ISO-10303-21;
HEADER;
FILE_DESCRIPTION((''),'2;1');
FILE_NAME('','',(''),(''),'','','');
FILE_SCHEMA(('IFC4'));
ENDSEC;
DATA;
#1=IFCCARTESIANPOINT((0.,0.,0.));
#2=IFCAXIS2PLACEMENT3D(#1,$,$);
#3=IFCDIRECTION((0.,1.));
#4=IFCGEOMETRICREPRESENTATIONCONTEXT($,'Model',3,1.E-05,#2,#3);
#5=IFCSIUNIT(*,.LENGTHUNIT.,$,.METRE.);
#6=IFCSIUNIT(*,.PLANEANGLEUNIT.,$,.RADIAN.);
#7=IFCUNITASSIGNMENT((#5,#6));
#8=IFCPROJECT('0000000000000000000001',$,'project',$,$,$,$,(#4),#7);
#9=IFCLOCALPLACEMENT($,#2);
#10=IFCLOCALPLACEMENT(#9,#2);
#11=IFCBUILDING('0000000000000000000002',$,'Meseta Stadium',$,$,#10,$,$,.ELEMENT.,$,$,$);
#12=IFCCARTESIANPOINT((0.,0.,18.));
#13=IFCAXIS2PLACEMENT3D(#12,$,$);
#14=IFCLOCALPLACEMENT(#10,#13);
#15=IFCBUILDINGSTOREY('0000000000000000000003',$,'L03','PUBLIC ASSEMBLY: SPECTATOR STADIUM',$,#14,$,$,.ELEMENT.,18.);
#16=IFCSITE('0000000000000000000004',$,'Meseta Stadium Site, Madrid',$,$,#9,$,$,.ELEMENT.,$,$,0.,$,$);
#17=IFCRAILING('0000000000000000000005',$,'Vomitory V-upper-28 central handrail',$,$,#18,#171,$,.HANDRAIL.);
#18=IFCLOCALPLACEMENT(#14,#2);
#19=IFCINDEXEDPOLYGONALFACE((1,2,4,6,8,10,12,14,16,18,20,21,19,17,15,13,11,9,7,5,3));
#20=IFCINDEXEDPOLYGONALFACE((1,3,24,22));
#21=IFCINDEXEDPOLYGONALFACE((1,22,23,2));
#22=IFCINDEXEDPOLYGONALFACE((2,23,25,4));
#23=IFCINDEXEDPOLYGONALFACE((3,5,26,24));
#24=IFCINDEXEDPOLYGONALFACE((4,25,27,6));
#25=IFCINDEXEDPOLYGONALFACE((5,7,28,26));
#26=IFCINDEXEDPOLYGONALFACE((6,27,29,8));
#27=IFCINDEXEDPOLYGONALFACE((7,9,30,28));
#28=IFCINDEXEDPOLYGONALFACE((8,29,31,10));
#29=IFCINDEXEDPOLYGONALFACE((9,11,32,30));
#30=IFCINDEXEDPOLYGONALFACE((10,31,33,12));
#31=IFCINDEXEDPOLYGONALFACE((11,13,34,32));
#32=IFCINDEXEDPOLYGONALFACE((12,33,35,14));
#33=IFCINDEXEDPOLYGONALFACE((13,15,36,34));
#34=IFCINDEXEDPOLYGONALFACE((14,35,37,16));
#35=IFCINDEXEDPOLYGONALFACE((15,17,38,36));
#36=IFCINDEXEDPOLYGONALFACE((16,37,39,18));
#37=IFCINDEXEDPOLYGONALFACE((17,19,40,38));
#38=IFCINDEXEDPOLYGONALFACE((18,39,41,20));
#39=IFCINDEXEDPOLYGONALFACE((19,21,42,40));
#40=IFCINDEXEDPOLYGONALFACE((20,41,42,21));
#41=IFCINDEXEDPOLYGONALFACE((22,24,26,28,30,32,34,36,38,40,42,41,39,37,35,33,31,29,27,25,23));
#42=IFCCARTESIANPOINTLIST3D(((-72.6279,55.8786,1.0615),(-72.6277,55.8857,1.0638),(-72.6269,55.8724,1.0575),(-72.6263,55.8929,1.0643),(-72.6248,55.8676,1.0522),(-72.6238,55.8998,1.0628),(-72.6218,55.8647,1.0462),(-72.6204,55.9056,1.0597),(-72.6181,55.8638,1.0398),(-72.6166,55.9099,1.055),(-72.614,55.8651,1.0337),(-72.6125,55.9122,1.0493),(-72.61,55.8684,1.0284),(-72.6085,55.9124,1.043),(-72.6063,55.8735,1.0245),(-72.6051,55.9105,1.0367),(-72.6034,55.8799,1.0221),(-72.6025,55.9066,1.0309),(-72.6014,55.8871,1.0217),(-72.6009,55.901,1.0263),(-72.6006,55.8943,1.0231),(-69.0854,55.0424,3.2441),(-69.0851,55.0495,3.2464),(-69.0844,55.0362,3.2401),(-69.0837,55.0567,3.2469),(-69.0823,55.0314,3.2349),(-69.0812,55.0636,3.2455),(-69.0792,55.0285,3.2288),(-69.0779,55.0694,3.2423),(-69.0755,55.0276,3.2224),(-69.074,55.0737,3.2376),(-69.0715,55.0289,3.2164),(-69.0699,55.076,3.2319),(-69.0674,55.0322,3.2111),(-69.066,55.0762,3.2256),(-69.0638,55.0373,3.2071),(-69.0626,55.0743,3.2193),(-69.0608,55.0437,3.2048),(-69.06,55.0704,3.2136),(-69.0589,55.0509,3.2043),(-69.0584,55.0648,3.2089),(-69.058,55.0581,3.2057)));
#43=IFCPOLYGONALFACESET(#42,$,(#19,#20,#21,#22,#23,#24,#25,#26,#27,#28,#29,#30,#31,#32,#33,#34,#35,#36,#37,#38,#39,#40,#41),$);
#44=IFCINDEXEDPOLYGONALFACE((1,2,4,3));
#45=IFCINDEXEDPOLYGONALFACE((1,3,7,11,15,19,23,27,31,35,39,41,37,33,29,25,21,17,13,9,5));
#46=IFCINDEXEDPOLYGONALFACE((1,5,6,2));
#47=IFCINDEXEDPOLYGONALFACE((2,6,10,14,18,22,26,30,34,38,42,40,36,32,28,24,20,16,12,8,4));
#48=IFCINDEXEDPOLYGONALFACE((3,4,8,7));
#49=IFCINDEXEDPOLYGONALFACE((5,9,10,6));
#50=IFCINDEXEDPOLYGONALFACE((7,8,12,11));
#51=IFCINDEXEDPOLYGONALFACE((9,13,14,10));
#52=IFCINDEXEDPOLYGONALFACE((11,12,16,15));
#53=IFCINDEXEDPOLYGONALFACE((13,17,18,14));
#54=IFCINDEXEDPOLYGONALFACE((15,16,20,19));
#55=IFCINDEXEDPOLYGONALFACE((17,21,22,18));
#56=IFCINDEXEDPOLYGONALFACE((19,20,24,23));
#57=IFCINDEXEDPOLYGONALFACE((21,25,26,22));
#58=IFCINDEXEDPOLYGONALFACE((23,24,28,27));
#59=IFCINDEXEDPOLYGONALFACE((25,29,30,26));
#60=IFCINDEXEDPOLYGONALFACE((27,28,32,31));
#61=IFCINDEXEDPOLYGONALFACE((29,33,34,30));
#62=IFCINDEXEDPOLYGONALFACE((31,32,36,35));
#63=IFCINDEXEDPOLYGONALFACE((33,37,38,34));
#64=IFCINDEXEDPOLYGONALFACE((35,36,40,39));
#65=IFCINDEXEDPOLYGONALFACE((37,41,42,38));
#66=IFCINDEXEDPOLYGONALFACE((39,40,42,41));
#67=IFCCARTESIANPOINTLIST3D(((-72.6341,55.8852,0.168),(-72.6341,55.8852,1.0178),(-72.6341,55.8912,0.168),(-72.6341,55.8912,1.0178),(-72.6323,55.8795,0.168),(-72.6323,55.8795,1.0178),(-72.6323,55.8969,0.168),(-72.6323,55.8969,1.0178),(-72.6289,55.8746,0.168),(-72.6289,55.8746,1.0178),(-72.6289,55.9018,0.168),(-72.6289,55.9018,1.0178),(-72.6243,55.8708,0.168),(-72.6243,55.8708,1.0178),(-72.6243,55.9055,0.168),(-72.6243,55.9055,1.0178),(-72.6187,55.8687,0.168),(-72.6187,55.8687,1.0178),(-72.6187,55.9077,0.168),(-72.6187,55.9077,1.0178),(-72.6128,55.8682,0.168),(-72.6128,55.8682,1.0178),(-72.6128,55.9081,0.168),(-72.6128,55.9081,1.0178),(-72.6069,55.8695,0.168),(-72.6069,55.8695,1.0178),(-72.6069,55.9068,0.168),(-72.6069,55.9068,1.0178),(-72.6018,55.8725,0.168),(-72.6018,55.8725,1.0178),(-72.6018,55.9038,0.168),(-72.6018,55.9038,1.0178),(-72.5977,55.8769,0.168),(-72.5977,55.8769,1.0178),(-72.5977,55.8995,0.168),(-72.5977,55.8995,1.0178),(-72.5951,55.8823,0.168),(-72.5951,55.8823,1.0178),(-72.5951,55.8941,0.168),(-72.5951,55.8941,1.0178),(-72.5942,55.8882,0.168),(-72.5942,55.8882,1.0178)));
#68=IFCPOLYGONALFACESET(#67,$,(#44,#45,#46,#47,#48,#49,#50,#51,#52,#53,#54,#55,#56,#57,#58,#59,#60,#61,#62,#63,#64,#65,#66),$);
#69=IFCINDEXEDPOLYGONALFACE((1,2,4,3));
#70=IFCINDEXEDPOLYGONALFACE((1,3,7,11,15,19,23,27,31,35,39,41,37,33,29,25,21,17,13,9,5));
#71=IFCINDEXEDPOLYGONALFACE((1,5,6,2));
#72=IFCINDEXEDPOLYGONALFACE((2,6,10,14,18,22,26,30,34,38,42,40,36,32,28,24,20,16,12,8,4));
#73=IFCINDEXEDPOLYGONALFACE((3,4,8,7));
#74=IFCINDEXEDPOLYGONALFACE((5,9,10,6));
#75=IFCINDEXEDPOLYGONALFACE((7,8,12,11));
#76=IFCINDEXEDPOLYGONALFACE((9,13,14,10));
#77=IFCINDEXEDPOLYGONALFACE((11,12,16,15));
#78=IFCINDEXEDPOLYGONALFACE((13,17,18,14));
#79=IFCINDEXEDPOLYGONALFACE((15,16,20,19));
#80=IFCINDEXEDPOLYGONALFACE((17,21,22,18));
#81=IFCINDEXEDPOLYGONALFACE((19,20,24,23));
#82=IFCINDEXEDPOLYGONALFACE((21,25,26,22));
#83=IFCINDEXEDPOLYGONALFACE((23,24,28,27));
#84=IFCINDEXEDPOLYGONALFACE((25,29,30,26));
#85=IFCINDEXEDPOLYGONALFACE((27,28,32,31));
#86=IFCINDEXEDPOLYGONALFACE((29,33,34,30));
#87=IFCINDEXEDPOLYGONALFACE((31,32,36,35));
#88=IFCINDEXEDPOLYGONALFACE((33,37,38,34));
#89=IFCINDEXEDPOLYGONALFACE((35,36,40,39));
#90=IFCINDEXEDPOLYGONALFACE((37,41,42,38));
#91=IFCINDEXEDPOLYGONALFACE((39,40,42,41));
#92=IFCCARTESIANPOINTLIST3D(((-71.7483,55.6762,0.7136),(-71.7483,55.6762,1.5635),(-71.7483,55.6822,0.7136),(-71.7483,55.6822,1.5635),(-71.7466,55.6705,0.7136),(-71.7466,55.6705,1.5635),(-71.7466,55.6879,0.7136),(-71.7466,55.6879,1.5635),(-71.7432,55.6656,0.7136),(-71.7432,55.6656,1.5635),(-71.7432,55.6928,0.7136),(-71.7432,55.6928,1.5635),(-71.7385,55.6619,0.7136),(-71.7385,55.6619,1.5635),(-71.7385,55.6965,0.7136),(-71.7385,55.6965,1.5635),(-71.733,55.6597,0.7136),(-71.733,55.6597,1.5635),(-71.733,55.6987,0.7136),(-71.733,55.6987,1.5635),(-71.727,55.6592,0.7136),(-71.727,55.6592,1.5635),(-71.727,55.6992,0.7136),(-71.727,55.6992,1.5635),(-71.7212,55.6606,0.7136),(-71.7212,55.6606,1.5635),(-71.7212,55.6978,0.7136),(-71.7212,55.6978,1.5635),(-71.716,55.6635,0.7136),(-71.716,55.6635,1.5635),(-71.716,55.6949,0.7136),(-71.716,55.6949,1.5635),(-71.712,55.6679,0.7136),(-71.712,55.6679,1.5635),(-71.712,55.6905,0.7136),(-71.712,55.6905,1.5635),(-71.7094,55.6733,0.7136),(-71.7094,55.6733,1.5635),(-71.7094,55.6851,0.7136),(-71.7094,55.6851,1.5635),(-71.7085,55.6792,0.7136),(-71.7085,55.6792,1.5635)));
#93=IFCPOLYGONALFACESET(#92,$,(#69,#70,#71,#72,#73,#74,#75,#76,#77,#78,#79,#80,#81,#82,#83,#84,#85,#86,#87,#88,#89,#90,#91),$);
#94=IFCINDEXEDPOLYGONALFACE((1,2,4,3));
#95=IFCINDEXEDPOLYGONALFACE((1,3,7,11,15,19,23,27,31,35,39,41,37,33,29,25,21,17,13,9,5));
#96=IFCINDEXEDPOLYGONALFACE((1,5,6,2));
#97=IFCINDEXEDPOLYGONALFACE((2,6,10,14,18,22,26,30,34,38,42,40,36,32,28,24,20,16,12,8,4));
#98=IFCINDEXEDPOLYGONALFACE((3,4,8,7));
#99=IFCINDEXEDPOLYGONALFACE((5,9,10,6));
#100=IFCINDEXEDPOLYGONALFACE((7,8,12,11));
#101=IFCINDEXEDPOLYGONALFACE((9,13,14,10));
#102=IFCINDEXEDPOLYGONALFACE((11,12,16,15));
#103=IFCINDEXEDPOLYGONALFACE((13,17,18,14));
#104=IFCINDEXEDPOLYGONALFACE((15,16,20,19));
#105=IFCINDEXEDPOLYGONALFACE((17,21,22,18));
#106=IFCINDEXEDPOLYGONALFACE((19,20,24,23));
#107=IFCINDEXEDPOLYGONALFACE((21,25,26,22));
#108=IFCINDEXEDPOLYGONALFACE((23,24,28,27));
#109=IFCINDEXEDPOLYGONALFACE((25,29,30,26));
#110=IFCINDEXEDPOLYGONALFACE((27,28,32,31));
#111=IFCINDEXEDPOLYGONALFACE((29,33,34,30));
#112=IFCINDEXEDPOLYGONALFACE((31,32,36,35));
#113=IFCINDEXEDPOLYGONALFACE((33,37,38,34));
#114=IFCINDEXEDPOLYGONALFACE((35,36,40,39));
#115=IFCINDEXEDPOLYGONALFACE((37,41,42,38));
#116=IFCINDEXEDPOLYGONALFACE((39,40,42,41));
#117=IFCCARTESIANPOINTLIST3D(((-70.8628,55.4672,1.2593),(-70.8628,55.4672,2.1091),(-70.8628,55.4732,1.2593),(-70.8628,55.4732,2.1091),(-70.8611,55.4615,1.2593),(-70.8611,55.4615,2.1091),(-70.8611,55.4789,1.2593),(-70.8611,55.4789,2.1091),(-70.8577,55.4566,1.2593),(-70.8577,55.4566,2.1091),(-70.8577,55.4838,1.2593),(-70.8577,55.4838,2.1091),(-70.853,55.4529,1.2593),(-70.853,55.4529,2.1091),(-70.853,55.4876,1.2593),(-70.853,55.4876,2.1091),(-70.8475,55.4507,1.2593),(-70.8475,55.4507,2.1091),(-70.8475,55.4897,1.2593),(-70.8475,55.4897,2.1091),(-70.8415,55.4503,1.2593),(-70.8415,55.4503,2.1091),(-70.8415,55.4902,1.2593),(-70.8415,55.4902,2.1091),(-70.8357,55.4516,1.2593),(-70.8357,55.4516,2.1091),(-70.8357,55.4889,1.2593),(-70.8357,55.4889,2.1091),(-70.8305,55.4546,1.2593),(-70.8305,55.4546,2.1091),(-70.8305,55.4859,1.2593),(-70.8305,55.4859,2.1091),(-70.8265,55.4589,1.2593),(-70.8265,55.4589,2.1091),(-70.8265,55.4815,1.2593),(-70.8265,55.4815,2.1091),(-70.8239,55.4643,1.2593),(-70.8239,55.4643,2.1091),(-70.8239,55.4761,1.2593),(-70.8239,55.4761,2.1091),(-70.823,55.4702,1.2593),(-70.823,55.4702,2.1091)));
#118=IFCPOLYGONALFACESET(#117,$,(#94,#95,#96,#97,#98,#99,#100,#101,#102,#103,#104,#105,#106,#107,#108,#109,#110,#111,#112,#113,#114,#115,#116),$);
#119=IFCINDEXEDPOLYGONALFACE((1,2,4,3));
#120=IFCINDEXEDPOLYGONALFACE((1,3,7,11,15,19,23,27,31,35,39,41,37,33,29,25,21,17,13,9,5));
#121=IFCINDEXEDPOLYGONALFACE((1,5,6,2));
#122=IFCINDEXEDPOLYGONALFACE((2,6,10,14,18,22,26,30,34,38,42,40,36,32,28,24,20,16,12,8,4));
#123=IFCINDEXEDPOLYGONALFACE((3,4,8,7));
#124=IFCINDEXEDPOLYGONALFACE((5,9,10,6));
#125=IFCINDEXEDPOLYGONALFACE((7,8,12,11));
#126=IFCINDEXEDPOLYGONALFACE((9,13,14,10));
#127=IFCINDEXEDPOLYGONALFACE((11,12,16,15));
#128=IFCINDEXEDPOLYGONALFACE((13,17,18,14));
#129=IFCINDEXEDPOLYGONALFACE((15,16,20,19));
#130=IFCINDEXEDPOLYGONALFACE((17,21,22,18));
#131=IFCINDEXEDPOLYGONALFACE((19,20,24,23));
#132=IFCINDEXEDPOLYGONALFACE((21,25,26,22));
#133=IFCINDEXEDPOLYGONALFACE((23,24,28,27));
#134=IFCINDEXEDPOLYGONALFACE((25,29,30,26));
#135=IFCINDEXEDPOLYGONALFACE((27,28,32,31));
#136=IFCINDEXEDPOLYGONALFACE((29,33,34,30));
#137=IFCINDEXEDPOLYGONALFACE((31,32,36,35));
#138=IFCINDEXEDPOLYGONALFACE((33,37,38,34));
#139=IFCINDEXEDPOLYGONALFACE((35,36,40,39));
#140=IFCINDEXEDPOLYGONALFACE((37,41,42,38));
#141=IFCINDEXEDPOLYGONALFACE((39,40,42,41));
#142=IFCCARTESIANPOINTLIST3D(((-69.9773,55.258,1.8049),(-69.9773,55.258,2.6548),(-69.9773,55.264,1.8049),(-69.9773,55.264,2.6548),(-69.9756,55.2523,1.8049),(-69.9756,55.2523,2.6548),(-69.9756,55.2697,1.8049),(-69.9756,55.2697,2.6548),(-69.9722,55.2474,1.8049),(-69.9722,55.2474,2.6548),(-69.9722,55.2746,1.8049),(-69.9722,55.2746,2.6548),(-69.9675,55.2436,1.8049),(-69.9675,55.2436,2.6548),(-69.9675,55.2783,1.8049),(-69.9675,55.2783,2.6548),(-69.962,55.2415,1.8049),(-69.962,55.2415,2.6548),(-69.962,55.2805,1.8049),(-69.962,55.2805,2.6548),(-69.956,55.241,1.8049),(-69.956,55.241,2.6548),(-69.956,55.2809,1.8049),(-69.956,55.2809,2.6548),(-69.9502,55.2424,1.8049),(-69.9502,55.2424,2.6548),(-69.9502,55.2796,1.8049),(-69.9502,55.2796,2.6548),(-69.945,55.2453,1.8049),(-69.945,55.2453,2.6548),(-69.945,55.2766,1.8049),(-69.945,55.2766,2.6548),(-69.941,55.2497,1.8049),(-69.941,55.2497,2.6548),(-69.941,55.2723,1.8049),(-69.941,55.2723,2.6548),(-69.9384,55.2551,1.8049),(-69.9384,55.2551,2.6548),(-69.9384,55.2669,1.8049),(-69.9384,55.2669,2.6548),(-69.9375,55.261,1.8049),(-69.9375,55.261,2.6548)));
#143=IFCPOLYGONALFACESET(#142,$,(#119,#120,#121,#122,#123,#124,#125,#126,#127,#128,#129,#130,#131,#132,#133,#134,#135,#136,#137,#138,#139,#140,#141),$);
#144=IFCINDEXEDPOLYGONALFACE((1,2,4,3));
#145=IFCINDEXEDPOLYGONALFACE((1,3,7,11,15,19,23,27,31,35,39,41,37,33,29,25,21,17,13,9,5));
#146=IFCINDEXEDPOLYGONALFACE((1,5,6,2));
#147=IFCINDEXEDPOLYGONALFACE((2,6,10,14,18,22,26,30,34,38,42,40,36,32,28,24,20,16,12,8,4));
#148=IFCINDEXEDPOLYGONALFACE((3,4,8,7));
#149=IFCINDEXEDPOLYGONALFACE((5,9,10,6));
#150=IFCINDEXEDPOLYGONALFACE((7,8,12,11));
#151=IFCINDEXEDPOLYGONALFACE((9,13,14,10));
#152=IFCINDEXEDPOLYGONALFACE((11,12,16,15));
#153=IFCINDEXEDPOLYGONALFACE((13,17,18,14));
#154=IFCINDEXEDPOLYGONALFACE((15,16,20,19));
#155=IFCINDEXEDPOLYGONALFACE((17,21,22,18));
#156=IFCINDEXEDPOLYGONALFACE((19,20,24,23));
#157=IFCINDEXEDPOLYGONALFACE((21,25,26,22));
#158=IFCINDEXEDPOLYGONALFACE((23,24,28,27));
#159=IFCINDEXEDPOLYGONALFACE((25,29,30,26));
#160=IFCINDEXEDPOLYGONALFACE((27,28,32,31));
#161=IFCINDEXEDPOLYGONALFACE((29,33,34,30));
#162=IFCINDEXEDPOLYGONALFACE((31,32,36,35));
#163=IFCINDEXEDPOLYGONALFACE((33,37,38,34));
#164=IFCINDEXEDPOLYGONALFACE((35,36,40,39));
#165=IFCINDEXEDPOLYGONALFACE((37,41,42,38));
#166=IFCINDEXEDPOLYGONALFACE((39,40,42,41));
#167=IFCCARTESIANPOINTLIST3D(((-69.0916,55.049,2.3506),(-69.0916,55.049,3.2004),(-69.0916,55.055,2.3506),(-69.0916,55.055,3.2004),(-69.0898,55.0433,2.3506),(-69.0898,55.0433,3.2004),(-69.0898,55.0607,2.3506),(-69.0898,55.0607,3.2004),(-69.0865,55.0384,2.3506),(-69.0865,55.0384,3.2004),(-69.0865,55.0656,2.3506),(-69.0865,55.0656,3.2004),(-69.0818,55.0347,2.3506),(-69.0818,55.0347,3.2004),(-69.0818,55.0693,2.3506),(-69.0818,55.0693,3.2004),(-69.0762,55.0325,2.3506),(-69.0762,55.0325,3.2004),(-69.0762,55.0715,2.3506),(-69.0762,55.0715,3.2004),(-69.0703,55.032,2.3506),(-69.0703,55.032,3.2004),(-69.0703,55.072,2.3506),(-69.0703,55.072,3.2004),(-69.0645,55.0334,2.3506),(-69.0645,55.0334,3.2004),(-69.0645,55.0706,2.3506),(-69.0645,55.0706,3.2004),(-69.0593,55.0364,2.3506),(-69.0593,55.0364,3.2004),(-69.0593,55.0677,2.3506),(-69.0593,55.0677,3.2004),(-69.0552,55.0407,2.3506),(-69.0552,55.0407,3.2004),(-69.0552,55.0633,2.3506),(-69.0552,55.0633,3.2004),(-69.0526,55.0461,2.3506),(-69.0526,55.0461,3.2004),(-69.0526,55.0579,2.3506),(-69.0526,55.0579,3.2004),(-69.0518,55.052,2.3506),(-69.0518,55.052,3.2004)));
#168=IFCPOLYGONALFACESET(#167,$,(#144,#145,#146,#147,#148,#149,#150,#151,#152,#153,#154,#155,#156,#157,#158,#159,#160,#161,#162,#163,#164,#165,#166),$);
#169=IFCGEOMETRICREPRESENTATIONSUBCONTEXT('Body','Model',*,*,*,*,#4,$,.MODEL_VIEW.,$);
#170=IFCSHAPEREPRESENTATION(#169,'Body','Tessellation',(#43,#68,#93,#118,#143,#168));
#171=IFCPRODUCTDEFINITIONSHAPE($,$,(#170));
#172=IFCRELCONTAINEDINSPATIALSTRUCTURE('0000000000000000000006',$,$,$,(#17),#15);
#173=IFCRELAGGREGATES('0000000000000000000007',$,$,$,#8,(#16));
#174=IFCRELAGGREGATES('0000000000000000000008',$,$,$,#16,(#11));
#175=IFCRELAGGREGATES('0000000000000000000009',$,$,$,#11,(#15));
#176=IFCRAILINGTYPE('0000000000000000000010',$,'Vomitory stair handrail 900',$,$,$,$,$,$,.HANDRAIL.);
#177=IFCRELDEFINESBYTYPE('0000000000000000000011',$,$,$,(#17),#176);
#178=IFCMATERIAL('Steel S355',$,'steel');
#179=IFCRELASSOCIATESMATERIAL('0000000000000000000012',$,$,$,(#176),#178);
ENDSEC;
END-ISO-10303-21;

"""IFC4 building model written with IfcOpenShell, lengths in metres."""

from ifc_helpers import new_model, si_unit, direction, frame, origin, origin_2d, place, context, subcontext, project, spatial, circle, extrude, material, type_object, element, save


model = new_model("IFC4")

# Units and contexts
model_context = context("Model", 3, precision=1e-05, world=origin(), true_north=direction((0.0, 1.0)))
body_context = subcontext(model_context, "Body", "Model", "MODEL_VIEW")
ifc_project = project(units=[si_unit("LENGTHUNIT", "METRE"), si_unit("PLANEANGLEUNIT", "RADIAN")], contexts=[model_context])

# Site, building, storey
site_placement = place(None, origin())
site = spatial("IfcSite", under=ifc_project, at=site_placement, Name="Meseta Stadium Site, Madrid", CompositionType="ELEMENT", RefElevation=0.0)
building_placement = place(site_placement, origin())
building = spatial("IfcBuilding", under=site, at=building_placement, Name="Meseta Stadium", CompositionType="ELEMENT")
storey_placement = place(building_placement, frame((0.0, 0.0, 18.0)))
storey = spatial("IfcBuildingStorey", under=building, at=storey_placement, Name="L03", Description="PUBLIC ASSEMBLY: SPECTATOR STADIUM", CompositionType="ELEMENT", Elevation=18.0)

# Railing
ifc_material_1 = material(Name="Steel S355", Category="steel")
railing_type_1 = type_object("IfcRailingType", Name="Vomitory stair handrail 900", PredefinedType="HANDRAIL", material=ifc_material_1)
railing_1_placement = place(storey_placement, frame((-72.6143, 55.8882, 0.168)))
element("IfcRailing", 1, at=railing_1_placement, inside=storey, type_object=railing_type_1, Name="Vomitory V-upper-28 central handrail", PredefinedType="HANDRAIL", context=body_context, shape_type="SweptSolid", body=[
    extrude(circle(Radius=0.0249, at=origin_2d()), frame((0.0, 0.0, 0.875), z_axis=(0.834688, -0.197023, 0.514274), x_axis=(0.229731, 0.973254, 0.0)), (0.0, 0.0, 1.0), 4.2441),
    extrude(circle(Radius=0.02, at=origin_2d()), origin(), (0.0, 0.0, 1.0), 0.8499),
    extrude(circle(Radius=0.02, at=origin_2d()), frame((0.8857, -0.209, 0.5457)), (0.0, 0.0, 1.0), 0.8499),
    extrude(circle(Radius=0.02, at=origin_2d()), frame((1.7712, -0.418, 1.0913)), (0.0, 0.0, 1.0), 0.8499),
    extrude(circle(Radius=0.02, at=origin_2d()), frame((2.6567, -0.6272, 1.637)), (0.0, 0.0, 1.0), 0.8499),
    extrude(circle(Radius=0.02, at=origin_2d()), frame((3.5425, -0.8362, 2.1826)), (0.0, 0.0, 1.0), 0.8499),
])

save(model, "model.ifc")
